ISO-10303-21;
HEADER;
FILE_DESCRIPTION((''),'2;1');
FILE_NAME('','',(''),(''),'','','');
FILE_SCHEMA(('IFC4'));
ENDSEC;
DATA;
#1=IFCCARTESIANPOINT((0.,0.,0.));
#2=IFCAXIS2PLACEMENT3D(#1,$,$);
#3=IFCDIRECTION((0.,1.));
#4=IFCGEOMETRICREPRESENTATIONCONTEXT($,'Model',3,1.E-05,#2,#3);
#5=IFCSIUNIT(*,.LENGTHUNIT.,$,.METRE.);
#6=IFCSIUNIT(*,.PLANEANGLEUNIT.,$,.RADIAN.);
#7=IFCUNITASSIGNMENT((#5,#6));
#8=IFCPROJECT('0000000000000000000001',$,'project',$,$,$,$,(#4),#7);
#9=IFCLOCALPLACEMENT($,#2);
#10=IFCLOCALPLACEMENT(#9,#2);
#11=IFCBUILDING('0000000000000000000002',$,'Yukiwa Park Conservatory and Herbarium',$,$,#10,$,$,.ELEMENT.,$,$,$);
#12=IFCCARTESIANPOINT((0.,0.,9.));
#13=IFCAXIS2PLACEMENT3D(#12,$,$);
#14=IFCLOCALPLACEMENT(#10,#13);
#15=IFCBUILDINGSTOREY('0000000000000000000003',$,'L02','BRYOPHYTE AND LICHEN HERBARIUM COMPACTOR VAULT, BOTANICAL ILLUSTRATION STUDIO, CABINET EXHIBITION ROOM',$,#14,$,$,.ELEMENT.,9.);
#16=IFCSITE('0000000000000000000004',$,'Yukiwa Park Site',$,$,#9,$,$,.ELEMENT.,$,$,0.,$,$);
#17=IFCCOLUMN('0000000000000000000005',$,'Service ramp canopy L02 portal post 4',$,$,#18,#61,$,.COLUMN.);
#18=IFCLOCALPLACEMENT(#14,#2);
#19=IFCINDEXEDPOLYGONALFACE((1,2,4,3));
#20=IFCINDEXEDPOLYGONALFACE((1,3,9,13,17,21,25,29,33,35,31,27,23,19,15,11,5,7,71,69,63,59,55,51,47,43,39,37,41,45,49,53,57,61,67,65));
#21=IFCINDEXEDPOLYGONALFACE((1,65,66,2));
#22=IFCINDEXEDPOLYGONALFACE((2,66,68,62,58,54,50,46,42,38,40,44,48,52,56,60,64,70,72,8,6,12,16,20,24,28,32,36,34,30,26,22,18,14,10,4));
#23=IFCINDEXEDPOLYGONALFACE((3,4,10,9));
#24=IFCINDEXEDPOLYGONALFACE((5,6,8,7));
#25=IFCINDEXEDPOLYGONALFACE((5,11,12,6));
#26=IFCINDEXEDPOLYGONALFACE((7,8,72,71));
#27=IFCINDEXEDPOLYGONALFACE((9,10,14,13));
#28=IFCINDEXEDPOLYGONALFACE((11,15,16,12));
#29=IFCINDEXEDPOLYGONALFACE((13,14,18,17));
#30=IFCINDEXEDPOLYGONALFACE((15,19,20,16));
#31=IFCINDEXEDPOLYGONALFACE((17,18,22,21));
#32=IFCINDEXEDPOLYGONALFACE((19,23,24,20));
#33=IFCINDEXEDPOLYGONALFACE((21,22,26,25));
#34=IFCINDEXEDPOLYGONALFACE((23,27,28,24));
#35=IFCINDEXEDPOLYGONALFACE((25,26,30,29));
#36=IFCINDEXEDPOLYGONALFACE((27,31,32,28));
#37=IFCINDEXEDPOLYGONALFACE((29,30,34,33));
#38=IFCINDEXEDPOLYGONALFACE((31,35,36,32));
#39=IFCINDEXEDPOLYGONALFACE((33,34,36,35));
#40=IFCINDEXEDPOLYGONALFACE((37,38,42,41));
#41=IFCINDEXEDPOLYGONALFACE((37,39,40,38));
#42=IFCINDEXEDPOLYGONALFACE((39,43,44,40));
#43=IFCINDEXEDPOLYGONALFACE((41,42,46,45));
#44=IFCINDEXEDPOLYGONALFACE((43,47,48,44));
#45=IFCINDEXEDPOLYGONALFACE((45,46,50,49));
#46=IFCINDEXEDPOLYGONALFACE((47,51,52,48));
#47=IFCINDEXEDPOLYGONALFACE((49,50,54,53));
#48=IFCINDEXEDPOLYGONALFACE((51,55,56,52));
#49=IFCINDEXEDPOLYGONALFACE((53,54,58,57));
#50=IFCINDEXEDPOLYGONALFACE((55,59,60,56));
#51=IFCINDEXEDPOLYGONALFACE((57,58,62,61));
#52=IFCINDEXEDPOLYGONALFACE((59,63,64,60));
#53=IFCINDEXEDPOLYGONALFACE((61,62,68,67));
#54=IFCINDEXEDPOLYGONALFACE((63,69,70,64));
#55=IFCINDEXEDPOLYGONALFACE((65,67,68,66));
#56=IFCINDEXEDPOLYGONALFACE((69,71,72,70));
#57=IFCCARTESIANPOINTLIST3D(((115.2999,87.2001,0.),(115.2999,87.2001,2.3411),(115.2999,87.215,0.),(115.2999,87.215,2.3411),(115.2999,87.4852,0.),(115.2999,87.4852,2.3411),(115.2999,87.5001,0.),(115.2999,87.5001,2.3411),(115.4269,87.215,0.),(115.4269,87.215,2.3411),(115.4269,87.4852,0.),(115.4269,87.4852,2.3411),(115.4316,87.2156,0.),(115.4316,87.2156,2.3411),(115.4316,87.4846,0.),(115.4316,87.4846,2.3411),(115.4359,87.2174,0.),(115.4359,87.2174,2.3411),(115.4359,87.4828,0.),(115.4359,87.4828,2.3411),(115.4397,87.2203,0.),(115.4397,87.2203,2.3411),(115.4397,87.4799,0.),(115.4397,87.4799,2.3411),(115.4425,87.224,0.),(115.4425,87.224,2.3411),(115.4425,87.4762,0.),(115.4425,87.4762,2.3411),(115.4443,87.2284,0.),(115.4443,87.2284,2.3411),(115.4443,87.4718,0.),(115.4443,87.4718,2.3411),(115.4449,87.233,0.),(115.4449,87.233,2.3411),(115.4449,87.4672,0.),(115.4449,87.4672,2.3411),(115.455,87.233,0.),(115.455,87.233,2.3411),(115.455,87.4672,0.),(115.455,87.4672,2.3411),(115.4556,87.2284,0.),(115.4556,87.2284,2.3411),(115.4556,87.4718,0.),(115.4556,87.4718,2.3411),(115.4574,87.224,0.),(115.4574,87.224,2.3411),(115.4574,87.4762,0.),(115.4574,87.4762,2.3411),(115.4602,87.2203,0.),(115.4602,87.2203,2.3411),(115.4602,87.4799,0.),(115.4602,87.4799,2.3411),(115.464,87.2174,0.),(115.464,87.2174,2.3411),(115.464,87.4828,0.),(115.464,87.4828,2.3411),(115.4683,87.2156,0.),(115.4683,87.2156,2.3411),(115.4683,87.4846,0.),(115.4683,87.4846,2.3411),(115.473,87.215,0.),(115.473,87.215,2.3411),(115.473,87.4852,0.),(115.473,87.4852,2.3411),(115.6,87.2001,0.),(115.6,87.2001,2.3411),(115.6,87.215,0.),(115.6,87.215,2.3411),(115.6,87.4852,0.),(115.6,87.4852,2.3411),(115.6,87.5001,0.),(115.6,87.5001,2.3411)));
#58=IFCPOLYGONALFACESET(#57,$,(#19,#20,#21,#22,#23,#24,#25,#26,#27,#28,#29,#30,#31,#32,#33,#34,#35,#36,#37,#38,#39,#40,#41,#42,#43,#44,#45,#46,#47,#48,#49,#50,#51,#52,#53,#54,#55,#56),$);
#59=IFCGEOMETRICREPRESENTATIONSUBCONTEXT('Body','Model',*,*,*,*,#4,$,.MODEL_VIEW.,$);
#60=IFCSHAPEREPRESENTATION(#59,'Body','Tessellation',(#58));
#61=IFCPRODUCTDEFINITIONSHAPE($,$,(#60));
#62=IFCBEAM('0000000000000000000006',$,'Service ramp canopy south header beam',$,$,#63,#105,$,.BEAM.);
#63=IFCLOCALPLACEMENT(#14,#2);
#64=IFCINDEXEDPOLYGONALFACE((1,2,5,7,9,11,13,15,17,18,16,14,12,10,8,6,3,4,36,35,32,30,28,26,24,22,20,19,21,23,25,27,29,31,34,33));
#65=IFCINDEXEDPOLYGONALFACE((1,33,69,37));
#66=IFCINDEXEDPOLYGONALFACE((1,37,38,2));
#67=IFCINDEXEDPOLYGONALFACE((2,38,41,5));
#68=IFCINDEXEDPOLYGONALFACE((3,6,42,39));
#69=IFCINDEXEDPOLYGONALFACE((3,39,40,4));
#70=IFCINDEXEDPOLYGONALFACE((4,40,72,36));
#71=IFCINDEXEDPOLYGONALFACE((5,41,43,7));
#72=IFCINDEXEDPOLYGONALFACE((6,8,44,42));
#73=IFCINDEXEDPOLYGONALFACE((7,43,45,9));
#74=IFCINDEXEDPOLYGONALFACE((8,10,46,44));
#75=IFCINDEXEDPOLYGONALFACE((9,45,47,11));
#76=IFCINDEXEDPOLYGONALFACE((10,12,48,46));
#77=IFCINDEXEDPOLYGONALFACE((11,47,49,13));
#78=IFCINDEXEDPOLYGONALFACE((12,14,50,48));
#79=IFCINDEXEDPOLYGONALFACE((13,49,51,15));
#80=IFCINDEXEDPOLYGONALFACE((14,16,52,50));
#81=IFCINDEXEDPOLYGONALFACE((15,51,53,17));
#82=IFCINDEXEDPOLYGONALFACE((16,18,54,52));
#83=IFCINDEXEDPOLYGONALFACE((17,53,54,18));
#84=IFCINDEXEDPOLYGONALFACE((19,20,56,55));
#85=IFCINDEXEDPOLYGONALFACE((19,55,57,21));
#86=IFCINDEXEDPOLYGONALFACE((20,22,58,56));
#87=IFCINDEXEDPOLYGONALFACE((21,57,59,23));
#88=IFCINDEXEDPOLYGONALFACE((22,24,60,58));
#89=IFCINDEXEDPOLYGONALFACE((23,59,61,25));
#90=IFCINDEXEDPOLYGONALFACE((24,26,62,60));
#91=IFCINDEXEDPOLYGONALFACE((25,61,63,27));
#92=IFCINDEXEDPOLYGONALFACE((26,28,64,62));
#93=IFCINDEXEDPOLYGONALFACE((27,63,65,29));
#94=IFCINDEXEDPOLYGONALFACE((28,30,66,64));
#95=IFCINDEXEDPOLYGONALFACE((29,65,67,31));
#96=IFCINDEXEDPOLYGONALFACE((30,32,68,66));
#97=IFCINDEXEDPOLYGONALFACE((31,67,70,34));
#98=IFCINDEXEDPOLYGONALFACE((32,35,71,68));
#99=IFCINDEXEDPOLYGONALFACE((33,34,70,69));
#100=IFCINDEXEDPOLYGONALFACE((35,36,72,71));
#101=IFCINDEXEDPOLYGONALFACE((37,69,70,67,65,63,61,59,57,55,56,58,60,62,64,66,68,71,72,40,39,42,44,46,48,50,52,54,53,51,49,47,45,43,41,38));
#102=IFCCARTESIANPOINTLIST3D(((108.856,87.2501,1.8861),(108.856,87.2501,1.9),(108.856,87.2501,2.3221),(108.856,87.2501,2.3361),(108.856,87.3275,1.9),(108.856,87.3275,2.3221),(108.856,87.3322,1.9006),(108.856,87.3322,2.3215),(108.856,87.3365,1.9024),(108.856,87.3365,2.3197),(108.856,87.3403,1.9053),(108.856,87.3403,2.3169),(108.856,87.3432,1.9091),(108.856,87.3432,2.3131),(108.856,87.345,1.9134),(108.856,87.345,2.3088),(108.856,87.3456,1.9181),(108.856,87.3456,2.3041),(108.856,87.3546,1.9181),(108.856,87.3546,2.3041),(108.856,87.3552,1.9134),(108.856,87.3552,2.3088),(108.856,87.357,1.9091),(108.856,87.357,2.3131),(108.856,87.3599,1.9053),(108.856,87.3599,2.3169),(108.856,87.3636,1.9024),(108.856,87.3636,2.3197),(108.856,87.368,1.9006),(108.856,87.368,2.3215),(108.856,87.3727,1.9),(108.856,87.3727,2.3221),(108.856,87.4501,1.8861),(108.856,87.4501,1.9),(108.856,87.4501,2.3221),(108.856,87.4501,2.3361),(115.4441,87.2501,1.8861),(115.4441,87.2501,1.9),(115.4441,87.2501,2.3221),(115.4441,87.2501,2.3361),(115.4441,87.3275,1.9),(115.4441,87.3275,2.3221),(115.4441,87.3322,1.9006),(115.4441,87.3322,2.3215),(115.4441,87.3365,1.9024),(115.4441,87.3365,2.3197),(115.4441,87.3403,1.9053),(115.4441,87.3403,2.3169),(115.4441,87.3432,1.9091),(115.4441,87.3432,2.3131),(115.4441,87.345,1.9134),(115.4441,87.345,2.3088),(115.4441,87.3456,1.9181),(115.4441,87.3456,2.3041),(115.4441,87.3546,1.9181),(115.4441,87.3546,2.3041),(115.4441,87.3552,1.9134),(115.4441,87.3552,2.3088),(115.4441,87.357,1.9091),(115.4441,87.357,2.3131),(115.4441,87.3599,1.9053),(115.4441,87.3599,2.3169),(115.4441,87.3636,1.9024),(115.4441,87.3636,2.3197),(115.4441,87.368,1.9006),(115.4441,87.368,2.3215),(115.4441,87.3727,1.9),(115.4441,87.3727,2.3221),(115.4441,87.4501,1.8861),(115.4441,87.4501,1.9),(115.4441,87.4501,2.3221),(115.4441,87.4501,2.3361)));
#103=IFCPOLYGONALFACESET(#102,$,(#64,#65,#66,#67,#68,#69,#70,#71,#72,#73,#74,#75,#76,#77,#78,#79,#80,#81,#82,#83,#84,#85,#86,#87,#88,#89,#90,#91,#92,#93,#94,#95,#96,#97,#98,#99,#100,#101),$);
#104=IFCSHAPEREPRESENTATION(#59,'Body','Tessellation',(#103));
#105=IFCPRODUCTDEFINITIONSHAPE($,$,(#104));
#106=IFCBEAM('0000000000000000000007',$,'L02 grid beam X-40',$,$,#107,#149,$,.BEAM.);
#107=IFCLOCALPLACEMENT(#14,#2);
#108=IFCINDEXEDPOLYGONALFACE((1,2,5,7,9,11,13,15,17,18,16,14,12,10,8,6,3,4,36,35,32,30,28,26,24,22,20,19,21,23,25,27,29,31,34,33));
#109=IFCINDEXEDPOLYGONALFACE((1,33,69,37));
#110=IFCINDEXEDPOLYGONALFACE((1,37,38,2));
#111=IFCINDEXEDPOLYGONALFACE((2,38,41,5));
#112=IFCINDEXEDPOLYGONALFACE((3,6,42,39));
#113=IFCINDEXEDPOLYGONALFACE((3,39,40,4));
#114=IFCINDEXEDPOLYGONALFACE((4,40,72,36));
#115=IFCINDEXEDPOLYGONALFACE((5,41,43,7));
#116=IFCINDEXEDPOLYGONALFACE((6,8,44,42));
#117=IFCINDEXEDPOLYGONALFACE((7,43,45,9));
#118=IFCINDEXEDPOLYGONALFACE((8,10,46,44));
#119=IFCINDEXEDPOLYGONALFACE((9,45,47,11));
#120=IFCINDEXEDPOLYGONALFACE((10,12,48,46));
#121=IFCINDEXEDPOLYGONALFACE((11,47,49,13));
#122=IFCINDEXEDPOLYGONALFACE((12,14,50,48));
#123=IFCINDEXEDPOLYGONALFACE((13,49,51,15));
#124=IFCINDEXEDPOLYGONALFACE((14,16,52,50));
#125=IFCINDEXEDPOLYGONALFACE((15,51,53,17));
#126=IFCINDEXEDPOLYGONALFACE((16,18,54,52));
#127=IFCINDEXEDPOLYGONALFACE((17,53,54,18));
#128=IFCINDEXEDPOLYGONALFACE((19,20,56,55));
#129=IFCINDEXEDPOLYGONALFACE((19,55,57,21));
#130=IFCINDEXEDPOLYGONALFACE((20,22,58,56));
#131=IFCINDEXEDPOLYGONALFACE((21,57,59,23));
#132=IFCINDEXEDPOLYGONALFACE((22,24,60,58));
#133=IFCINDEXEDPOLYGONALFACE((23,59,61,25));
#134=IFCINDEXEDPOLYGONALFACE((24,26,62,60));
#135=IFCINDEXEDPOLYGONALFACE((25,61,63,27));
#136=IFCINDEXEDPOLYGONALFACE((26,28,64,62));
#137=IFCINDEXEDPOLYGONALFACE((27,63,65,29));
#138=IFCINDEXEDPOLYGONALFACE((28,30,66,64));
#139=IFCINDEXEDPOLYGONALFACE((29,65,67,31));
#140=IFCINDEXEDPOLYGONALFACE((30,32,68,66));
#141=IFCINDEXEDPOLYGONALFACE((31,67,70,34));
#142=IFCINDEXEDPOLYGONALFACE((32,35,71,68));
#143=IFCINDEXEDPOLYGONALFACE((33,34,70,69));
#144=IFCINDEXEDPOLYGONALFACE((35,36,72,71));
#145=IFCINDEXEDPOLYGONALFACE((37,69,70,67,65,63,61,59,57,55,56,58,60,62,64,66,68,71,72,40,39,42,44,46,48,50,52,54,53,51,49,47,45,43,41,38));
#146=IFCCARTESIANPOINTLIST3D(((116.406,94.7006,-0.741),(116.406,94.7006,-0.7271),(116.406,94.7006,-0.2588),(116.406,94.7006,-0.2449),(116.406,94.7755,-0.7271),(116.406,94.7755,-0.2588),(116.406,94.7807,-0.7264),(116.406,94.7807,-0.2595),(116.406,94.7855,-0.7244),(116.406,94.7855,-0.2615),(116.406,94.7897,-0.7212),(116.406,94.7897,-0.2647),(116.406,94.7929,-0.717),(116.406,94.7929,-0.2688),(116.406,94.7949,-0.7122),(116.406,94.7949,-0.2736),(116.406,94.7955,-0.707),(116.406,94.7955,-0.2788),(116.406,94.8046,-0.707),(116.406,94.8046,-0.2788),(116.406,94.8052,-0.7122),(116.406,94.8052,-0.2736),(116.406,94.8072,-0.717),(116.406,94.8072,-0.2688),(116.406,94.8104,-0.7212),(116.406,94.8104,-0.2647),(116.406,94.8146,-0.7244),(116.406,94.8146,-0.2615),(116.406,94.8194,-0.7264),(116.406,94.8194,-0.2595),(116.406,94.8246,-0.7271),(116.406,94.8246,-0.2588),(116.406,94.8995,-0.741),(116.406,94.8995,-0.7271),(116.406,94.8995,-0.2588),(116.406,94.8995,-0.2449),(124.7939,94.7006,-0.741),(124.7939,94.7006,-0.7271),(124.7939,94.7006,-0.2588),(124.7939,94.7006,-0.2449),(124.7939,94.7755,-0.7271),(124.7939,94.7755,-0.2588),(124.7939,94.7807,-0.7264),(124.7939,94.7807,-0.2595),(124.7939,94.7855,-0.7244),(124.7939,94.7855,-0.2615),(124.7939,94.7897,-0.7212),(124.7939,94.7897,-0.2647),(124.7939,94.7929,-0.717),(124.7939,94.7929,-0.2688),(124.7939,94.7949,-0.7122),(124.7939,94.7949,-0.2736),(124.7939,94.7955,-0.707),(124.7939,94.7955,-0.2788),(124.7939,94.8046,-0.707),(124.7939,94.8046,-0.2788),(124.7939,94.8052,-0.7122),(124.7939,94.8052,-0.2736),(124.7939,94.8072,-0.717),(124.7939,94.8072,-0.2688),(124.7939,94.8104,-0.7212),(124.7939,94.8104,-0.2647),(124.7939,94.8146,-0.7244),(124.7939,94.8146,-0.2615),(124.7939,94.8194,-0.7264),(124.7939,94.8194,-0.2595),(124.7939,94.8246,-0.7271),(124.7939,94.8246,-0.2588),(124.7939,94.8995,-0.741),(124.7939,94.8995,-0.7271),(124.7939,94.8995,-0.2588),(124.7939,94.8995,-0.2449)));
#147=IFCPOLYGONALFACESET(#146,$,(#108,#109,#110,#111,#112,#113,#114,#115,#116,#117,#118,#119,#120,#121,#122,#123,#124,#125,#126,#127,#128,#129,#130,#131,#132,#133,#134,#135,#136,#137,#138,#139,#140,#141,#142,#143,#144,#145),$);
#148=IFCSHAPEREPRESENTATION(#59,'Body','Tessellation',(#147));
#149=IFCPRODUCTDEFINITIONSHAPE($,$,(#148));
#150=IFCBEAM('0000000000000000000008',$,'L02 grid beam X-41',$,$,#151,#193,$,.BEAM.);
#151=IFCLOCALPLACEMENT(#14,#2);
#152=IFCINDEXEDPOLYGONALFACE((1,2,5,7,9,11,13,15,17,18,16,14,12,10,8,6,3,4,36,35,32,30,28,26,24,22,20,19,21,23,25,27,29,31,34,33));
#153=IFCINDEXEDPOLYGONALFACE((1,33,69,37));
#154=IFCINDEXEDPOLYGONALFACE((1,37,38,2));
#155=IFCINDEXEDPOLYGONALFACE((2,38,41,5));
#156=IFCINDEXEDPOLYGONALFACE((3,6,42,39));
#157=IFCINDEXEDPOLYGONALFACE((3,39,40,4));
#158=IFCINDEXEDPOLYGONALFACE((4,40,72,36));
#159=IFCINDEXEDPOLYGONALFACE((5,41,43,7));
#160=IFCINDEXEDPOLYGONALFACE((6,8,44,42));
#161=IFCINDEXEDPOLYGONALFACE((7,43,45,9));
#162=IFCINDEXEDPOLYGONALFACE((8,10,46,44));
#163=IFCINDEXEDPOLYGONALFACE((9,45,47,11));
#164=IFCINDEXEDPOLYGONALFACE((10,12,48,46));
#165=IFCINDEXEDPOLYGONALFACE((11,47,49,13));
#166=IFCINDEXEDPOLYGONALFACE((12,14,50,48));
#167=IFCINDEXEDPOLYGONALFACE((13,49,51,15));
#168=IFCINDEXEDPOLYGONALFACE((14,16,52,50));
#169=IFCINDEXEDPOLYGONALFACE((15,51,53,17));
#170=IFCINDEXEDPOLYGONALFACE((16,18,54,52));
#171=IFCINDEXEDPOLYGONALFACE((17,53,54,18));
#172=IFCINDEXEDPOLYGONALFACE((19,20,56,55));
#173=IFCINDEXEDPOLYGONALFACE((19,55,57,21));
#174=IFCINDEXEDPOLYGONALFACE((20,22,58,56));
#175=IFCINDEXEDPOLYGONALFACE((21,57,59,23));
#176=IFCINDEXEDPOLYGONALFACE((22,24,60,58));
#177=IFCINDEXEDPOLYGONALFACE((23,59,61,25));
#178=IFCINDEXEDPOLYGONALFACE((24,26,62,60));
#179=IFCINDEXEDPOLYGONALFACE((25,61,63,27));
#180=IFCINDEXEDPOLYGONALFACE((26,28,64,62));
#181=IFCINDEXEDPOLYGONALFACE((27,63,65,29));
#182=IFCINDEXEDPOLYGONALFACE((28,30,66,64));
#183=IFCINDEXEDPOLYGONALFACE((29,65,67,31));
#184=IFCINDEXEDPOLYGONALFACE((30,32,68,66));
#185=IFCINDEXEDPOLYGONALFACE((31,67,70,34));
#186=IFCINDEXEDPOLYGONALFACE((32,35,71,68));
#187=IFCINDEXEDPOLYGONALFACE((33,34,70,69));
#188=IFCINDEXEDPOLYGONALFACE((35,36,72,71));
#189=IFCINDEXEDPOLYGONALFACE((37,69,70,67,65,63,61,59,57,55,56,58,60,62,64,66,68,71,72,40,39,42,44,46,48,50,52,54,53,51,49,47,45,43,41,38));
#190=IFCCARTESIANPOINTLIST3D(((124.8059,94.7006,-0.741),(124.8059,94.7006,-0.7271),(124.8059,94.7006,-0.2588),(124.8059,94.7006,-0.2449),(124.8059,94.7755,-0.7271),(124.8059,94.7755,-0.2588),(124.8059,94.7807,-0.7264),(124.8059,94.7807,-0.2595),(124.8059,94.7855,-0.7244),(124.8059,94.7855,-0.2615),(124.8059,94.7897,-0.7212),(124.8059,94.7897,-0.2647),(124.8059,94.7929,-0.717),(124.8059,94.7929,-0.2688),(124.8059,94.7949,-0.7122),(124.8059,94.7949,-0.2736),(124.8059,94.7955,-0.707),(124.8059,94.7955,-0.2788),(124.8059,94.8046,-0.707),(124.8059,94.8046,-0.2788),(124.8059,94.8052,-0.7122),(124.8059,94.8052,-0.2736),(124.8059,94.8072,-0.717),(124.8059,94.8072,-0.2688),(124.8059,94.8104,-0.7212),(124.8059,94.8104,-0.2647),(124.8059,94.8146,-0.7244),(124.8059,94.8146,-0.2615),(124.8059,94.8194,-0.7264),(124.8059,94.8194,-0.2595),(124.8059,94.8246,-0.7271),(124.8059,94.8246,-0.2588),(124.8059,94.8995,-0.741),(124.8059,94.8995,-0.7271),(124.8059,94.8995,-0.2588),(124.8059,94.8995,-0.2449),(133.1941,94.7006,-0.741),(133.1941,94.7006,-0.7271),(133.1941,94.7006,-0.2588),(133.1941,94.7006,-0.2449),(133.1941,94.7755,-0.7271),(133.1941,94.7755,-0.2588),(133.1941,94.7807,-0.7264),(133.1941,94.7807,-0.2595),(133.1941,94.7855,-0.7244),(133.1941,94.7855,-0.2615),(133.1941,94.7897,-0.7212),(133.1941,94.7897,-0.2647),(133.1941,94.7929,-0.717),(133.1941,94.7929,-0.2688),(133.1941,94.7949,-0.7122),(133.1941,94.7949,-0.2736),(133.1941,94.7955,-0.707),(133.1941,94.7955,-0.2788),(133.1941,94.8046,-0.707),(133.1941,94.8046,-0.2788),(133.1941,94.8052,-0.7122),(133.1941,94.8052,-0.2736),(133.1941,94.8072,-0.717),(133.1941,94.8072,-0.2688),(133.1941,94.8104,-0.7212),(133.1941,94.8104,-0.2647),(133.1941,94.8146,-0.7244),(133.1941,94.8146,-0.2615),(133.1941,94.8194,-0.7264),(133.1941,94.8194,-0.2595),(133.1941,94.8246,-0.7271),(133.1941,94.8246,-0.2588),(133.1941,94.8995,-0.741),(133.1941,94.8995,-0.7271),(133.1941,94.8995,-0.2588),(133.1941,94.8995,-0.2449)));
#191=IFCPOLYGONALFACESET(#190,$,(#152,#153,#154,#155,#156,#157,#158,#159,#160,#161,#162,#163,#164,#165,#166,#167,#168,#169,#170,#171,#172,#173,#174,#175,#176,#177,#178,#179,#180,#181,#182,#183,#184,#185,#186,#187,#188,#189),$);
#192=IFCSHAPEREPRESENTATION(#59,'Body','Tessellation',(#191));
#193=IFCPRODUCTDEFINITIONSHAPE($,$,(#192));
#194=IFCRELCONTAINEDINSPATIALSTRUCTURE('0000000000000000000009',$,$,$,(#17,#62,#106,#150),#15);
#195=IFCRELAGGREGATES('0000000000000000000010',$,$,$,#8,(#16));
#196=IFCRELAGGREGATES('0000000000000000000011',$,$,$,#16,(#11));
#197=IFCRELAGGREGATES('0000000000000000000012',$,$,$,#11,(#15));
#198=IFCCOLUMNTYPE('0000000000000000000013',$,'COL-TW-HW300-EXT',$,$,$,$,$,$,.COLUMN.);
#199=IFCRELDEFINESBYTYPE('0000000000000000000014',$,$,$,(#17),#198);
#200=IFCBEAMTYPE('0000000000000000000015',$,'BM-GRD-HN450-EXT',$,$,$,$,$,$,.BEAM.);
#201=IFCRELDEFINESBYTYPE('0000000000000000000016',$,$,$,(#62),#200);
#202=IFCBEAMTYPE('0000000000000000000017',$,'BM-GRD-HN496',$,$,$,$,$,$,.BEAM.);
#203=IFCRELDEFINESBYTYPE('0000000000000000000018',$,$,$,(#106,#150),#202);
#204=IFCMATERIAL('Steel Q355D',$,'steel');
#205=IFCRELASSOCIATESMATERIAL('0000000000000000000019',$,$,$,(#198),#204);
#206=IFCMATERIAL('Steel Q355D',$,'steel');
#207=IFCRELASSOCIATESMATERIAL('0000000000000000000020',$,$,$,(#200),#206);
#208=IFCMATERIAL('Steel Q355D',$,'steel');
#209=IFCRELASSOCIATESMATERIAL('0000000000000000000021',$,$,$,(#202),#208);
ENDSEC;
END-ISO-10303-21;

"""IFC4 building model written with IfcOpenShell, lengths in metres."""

from ifc_helpers import new_model, si_unit, direction, frame, origin, origin_2d, place, context, subcontext, project, spatial, i_section, extrude, material, material_profile, profile_set, type_object, element, save


model = new_model("IFC4")

# Units and contexts
model_context = context("Model", 3, precision=1e-05, world=origin(), true_north=direction((0.0, 1.0)))
body_context = subcontext(model_context, "Body", "Model", "MODEL_VIEW")
ifc_project = project(units=[si_unit("LENGTHUNIT", "METRE"), si_unit("PLANEANGLEUNIT", "RADIAN")], contexts=[model_context])

# Site, building, storey
site_placement = place(None, origin())
site = spatial("IfcSite", under=ifc_project, at=site_placement, Name="Yukiwa Park Site", CompositionType="ELEMENT", RefElevation=0.0)
building_placement = place(site_placement, origin())
building = spatial("IfcBuilding", under=site, at=building_placement, Name="Yukiwa Park Conservatory and Herbarium", CompositionType="ELEMENT")
storey_placement = place(building_placement, frame((0.0, 0.0, 9.0)))
storey = spatial("IfcBuildingStorey", under=building, at=storey_placement, Name="L02", Description="BRYOPHYTE AND LICHEN HERBARIUM COMPACTOR VAULT, BOTANICAL ILLUSTRATION STUDIO, CABINET EXHIBITION ROOM", CompositionType="ELEMENT", Elevation=9.0)

# Column
ifc_material_1 = material(Name="Steel Q355D", Category="steel")
ifc_material_profile_1 = material_profile(ifc_material_1, i_section(OverallWidth=0.3, OverallDepth=0.3, WebThickness=0.01, FlangeThickness=0.0149, FilletRadius=0.0181, at=origin_2d()), Name="HW 300x300x10x15")
ifc_profile_set_1 = profile_set([ifc_material_profile_1], Name="Steel Q355D")
column_type_1 = type_object("IfcColumnType", Name="COL-TW-HW300-EXT", PredefinedType="COLUMN", material=ifc_profile_set_1)
for number, where, z_axis, x_axis, name in (
    (1, (115.45, 87.3501, 0.0), (0.0, 0.0, 1.0), (1.0, 0.0, 0.0), "Service ramp canopy L02 portal post 4"),
):
    element("IfcColumn", number, at=place(storey_placement, frame(where, z_axis=z_axis, x_axis=x_axis)), inside=storey, type_object=column_type_1, Name=name, PredefinedType="COLUMN", context=body_context, shape_type="SweptSolid", body=[
        extrude(i_section(OverallWidth=0.3, OverallDepth=0.3, WebThickness=0.01, FlangeThickness=0.0149, FilletRadius=0.0181, at=origin_2d()), origin(), (0.0, 0.0, 1.0), 2.3411),
    ])

# Beams
ifc_material_2 = material(Name="Steel Q355D", Category="steel")
ifc_material_profile_2 = material_profile(ifc_material_2, i_section(OverallWidth=0.2, OverallDepth=0.45, WebThickness=0.009, FlangeThickness=0.0139, FilletRadius=0.0181, at=origin_2d()), Name="HN 450x200x9x14")
ifc_profile_set_2 = profile_set([ifc_material_profile_2], Name="Steel Q355D")
beam_type_1 = type_object("IfcBeamType", Name="BM-GRD-HN450-EXT", PredefinedType="BEAM", material=ifc_profile_set_2)
beam_1_placement = place(storey_placement, frame((108.856, 87.3501, 2.1111), z_axis=(1.0, 0.0, 0.0), x_axis=(0.0, 1.0, 0.0)))
element("IfcBeam", 2, at=beam_1_placement, inside=storey, type_object=beam_type_1, Name="Service ramp canopy south header beam", PredefinedType="BEAM", context=body_context, shape_type="SweptSolid", body=[
    extrude(i_section(OverallWidth=0.2, OverallDepth=0.45, WebThickness=0.009, FlangeThickness=0.0139, FilletRadius=0.0181, at=origin_2d()), origin(), (0.0, 0.0, 1.0), 6.5881),
])
ifc_material_3 = material(Name="Steel Q355D", Category="steel")
ifc_material_profile_3 = material_profile(ifc_material_3, i_section(OverallWidth=0.199, OverallDepth=0.4961, WebThickness=0.009, FlangeThickness=0.0139, FilletRadius=0.02, at=origin_2d()), Name="HN 496x199x9x14")
ifc_profile_set_3 = profile_set([ifc_material_profile_3], Name="Steel Q355D")
beam_type_2 = type_object("IfcBeamType", Name="BM-GRD-HN496", PredefinedType="BEAM", material=ifc_profile_set_3)
beam_2_placement = place(storey_placement, frame((116.406, 94.8, -0.4929), z_axis=(1.0, 0.0, 0.0), x_axis=(0.0, 1.0, 0.0)))
element("IfcBeam", 3, at=beam_2_placement, inside=storey, type_object=beam_type_2, Name="L02 grid beam X-40", PredefinedType="BEAM", context=body_context, shape_type="SweptSolid", body=[
    extrude(i_section(OverallWidth=0.199, OverallDepth=0.4961, WebThickness=0.009, FlangeThickness=0.0139, FilletRadius=0.02, at=origin_2d()), origin(), (0.0, 0.0, 1.0), 8.3879),
])
beam_3_placement = place(storey_placement, frame((124.8059, 94.8, -0.4929), z_axis=(1.0, 0.0, 0.0), x_axis=(0.0, 1.0, 0.0)))
element("IfcBeam", 4, at=beam_3_placement, inside=storey, type_object=beam_type_2, Name="L02 grid beam X-41", PredefinedType="BEAM", context=body_context, shape_type="SweptSolid", body=[
    extrude(i_section(OverallWidth=0.199, OverallDepth=0.4961, WebThickness=0.009, FlangeThickness=0.0139, FilletRadius=0.02, at=origin_2d()), origin(), (0.0, 0.0, 1.0), 8.3882),
])

save(model, "model.ifc")
